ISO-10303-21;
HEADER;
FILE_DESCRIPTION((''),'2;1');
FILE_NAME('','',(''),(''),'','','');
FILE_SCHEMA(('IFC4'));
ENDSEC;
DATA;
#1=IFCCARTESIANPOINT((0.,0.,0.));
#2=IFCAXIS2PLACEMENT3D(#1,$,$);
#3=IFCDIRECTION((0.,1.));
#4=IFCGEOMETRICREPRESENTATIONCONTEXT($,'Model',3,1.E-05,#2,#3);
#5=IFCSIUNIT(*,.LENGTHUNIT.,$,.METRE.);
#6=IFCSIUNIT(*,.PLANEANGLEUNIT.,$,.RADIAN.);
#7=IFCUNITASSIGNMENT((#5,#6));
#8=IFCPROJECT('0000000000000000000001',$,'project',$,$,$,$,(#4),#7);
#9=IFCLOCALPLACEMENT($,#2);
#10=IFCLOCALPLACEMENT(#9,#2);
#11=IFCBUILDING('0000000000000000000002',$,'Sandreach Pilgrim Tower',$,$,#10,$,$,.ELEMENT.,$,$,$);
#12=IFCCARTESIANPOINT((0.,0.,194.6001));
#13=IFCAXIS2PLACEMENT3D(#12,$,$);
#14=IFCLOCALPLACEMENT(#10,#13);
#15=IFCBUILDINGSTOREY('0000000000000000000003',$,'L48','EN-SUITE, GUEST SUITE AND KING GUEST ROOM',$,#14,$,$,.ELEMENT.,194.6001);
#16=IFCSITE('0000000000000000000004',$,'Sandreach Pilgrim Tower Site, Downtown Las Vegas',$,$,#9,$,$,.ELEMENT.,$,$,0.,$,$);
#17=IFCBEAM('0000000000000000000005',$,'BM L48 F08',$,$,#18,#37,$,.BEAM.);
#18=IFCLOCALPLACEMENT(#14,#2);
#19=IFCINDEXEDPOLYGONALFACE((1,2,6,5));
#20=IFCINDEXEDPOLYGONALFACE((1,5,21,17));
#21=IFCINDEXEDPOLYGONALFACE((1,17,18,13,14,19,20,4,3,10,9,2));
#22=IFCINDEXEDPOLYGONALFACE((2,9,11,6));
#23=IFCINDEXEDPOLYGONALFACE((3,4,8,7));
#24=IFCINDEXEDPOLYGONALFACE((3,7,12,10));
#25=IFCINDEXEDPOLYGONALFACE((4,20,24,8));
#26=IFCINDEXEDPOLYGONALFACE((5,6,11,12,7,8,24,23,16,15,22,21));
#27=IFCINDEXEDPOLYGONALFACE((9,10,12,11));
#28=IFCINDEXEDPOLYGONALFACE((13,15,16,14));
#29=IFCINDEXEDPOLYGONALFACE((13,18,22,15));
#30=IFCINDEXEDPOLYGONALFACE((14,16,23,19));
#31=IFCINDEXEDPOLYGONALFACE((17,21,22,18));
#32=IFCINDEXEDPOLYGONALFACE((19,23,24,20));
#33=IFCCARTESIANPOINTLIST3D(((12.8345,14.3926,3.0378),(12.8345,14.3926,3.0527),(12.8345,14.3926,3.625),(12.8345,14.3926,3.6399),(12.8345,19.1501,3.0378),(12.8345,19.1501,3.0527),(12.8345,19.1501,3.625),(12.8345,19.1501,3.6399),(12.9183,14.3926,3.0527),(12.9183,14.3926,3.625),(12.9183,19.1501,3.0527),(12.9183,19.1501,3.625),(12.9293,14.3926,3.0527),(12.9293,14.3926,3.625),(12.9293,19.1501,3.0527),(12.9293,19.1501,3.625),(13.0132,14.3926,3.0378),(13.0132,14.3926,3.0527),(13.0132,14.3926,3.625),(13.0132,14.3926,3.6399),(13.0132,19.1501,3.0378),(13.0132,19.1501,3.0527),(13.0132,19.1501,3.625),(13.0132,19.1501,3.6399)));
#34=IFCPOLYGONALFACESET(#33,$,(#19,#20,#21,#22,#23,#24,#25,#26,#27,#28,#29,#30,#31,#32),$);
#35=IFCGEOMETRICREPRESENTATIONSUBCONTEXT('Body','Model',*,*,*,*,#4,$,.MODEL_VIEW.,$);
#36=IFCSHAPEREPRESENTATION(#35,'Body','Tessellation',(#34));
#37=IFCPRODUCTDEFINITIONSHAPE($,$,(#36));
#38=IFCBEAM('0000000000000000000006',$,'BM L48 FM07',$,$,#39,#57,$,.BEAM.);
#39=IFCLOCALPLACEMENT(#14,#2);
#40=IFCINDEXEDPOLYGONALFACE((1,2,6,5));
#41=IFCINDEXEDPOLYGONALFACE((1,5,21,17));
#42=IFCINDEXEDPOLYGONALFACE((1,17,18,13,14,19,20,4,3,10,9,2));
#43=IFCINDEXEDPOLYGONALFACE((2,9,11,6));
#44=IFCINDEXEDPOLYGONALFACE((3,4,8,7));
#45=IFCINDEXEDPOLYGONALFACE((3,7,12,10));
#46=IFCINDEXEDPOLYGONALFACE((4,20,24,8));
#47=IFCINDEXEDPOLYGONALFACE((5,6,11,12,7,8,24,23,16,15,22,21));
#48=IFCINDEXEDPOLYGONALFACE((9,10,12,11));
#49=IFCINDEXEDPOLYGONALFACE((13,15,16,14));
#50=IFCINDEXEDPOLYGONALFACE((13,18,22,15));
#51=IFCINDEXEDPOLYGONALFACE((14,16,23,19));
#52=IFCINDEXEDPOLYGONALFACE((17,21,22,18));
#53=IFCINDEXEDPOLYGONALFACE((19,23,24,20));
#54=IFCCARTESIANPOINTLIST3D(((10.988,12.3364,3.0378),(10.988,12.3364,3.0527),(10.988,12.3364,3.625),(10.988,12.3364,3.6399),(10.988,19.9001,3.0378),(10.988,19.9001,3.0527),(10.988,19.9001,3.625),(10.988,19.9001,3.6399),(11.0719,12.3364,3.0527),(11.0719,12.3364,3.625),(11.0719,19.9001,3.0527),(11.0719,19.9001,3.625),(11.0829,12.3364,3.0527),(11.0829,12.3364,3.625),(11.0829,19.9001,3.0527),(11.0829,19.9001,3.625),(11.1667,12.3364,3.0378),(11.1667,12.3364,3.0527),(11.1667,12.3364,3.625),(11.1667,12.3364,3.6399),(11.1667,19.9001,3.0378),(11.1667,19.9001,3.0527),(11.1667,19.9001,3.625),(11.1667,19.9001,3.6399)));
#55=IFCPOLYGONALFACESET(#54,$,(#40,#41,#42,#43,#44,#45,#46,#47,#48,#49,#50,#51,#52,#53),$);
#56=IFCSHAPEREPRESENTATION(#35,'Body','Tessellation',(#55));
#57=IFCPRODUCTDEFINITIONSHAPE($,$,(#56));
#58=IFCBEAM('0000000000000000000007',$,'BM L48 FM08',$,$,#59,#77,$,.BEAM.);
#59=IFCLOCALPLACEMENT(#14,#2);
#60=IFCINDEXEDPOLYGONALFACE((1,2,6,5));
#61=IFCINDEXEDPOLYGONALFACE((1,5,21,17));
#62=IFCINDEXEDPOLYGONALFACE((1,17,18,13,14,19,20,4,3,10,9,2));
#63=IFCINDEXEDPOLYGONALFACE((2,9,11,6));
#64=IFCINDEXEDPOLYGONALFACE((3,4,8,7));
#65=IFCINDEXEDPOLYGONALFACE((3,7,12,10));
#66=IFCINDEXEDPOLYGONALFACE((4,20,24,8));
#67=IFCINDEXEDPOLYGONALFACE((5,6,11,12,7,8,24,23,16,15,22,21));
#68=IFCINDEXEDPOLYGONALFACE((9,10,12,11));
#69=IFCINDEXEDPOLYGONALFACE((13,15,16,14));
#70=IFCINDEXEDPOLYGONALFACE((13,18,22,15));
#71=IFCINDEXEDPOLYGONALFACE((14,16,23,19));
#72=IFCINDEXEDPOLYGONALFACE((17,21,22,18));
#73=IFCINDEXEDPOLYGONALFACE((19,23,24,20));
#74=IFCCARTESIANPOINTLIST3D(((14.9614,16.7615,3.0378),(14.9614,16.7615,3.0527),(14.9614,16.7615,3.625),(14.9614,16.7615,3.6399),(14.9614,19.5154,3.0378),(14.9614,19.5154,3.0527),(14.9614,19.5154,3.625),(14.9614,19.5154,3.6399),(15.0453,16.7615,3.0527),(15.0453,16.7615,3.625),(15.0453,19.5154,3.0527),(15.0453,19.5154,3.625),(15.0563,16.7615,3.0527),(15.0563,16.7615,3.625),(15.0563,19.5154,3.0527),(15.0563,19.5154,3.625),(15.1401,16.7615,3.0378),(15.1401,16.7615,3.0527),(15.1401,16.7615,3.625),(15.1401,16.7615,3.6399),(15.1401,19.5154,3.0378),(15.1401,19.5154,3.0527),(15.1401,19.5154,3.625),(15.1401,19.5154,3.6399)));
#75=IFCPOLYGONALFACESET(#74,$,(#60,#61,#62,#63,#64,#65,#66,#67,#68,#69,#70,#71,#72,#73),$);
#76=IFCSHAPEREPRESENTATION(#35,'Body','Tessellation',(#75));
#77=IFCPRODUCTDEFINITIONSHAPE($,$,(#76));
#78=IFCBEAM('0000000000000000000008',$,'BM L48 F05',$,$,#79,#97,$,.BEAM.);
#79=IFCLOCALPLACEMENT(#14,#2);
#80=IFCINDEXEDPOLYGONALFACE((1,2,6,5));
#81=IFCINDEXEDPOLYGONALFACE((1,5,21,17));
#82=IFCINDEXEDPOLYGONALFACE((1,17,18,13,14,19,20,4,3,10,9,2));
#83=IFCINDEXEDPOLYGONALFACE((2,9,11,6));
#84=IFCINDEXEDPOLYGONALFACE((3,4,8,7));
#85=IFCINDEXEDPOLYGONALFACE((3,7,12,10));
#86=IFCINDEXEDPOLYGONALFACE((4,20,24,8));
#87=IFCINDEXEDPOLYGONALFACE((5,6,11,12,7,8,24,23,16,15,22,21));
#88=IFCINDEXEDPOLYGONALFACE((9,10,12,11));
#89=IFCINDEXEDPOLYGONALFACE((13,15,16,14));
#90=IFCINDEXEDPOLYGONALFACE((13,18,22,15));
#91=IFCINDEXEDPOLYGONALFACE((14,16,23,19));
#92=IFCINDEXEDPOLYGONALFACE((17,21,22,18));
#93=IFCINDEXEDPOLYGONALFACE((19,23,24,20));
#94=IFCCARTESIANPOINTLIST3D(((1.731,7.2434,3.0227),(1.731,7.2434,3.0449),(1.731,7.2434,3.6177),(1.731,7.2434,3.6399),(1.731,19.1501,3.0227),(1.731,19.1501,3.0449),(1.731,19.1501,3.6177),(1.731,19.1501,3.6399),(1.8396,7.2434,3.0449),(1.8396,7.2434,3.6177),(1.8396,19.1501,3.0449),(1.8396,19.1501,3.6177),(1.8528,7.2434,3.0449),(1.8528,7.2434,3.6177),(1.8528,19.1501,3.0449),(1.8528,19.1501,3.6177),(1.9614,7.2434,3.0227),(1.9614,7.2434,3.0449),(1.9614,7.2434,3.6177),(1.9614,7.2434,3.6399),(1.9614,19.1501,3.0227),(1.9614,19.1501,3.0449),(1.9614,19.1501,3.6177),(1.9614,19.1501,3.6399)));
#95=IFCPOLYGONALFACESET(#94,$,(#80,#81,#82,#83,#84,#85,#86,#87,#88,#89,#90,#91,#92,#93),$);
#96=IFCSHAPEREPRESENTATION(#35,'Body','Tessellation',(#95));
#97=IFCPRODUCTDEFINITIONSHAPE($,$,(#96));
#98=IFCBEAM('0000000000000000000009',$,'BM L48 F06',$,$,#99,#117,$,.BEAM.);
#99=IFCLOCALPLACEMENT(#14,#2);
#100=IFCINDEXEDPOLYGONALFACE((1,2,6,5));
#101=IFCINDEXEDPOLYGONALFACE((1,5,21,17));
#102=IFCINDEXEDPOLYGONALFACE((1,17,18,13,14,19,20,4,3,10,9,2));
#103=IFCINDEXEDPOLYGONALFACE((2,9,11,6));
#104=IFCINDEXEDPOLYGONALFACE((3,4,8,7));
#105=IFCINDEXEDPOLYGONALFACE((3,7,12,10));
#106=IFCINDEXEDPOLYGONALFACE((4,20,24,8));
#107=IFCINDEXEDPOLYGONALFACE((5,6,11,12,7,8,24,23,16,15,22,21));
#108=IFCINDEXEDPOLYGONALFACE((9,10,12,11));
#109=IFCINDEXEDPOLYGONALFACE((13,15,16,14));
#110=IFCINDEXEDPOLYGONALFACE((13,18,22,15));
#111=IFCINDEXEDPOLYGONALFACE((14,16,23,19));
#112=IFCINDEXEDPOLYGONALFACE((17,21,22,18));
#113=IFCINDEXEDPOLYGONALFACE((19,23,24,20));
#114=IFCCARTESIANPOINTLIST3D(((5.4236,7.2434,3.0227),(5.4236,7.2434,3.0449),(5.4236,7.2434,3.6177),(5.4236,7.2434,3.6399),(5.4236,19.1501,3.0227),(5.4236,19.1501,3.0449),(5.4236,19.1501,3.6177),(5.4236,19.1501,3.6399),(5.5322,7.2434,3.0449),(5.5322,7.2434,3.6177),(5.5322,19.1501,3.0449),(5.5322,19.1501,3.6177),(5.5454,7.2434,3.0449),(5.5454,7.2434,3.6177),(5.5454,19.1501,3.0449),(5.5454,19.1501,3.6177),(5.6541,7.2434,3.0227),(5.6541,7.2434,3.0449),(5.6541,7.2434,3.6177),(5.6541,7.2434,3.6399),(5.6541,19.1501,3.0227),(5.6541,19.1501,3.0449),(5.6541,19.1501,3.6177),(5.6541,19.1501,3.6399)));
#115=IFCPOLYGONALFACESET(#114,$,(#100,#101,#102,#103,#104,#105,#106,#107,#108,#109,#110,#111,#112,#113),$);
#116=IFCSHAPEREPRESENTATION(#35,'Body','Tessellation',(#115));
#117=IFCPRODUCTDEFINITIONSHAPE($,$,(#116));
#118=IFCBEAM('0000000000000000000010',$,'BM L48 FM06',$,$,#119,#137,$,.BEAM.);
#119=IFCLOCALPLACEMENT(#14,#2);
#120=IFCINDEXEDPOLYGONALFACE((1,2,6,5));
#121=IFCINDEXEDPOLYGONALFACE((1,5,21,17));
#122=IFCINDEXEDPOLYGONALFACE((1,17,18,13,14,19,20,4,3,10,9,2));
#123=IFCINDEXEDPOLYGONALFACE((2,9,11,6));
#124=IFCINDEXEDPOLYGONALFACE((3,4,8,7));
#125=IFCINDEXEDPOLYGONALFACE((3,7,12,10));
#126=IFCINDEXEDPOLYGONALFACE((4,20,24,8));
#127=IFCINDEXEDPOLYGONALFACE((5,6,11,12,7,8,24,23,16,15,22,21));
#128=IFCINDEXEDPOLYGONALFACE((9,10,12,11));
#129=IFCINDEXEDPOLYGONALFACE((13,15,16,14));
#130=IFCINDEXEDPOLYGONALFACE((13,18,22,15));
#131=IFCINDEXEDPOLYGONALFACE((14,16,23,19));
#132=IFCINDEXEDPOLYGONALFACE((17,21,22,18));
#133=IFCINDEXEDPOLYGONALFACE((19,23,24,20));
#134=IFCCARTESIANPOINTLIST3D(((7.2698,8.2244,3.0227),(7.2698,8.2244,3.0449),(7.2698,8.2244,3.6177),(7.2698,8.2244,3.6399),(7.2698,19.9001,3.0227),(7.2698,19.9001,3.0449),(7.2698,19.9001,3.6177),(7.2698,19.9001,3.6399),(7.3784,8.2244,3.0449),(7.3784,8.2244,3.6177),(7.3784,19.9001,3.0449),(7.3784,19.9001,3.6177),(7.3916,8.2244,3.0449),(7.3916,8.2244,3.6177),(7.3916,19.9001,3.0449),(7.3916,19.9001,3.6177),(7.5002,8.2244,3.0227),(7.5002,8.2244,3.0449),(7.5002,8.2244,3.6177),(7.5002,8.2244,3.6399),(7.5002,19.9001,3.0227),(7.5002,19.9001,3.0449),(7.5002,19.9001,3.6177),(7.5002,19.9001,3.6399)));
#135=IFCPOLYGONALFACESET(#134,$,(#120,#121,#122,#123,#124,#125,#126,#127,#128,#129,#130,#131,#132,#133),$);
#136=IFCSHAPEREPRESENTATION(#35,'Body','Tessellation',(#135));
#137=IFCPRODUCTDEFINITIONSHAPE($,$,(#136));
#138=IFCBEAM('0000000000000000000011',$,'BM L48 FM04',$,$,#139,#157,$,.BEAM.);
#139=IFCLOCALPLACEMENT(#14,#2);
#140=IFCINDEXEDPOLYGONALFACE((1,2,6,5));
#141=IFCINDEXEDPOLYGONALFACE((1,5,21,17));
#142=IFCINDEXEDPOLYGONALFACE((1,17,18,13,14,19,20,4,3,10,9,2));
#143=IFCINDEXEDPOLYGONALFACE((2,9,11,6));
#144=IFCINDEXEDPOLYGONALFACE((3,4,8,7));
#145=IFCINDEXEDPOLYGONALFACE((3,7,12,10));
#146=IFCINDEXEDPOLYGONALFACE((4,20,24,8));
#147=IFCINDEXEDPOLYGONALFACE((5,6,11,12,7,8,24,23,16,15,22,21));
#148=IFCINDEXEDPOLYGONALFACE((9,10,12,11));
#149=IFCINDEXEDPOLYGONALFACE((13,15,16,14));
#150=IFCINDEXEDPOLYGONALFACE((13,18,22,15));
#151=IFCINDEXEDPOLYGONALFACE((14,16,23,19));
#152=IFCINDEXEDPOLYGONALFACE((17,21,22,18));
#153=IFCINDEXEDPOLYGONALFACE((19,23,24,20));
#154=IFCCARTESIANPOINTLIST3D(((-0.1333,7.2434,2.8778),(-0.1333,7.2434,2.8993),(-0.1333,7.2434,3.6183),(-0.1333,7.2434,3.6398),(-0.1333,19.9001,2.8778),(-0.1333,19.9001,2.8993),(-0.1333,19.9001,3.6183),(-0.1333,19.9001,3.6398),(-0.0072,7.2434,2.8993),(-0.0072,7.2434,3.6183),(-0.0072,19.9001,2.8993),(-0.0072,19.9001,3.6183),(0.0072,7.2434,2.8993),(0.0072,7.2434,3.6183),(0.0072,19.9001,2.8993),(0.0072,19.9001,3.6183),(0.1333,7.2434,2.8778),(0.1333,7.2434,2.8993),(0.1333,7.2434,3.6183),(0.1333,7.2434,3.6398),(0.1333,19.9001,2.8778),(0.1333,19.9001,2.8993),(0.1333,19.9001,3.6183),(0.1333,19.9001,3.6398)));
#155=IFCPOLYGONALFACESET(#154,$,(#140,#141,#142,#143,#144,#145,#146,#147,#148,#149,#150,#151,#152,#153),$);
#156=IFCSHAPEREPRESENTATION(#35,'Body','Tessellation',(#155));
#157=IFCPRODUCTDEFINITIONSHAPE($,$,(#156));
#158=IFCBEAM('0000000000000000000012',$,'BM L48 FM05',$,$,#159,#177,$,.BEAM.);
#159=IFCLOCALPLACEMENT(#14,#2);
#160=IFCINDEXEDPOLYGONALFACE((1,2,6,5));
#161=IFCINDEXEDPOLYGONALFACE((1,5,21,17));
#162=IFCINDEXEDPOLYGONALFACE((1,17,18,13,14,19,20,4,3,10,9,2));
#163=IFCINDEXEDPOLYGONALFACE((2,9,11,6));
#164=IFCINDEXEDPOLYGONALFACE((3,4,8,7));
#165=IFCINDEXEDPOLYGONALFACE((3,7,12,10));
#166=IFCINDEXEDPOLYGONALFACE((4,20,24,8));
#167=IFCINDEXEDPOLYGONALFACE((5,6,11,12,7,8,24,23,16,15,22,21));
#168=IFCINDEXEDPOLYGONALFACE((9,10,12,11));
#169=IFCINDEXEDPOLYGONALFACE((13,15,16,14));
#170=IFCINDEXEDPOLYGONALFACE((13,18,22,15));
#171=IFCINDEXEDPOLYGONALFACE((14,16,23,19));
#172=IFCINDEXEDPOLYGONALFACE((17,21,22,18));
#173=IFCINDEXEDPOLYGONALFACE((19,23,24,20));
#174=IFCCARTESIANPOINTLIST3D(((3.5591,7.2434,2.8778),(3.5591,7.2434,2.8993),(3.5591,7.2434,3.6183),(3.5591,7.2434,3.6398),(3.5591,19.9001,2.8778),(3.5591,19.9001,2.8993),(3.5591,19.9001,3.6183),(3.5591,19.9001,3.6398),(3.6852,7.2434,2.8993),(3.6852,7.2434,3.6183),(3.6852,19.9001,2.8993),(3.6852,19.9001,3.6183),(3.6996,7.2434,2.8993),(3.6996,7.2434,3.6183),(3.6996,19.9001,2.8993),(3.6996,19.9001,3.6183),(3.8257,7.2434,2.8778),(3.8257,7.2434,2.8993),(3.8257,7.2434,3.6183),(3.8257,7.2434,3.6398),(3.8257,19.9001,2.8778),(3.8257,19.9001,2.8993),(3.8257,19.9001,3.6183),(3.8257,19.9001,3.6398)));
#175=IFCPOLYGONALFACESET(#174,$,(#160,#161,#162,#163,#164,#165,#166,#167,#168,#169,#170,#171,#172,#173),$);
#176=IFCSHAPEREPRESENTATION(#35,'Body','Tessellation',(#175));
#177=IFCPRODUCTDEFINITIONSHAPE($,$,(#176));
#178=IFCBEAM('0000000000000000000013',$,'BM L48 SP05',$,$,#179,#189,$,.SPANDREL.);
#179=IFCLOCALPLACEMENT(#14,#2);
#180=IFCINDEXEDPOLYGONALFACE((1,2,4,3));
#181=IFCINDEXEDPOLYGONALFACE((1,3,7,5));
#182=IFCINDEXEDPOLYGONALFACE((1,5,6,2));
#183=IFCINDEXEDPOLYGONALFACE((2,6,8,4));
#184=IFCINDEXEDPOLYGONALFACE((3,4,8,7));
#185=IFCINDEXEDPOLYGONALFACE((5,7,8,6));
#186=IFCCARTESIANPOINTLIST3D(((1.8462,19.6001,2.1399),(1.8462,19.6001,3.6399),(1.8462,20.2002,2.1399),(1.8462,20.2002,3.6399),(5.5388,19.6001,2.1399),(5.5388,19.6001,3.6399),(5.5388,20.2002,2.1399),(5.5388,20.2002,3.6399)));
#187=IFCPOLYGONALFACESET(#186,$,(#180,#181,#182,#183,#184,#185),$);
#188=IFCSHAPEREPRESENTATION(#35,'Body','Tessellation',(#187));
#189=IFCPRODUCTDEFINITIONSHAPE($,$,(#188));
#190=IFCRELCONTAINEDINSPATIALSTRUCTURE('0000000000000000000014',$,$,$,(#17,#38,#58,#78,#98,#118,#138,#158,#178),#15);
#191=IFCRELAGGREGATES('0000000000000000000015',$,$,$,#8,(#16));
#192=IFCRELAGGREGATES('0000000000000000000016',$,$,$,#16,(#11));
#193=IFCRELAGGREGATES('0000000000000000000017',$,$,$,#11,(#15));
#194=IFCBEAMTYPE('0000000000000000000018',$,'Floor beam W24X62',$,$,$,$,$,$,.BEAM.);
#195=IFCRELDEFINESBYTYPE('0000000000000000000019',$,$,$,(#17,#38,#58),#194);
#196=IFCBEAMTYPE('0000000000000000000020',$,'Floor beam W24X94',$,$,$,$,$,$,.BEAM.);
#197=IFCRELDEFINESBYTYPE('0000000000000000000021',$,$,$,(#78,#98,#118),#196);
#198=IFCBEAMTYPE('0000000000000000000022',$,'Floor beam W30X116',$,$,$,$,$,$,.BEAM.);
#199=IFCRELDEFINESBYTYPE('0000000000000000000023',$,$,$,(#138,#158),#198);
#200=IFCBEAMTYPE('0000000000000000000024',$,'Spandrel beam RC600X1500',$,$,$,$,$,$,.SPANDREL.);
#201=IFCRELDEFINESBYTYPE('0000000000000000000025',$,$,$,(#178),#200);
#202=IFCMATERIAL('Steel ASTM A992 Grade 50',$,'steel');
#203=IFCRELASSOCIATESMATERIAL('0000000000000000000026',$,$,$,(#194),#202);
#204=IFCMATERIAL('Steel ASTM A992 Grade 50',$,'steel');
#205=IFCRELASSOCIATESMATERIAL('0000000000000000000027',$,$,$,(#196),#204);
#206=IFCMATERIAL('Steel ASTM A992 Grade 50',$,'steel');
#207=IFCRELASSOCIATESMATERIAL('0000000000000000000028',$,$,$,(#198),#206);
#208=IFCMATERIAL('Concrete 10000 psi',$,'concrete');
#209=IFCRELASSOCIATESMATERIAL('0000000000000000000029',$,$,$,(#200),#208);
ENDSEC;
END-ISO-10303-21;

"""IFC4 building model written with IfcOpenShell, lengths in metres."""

from ifc_helpers import new_model, si_unit, direction, frame, origin, origin_2d, place, context, subcontext, project, spatial, rectangle, i_section, extrude, material, material_profile, profile_set, type_object, element, save


model = new_model("IFC4")

# Units and contexts
model_context = context("Model", 3, precision=1e-05, world=origin(), true_north=direction((0.0, 1.0)))
body_context = subcontext(model_context, "Body", "Model", "MODEL_VIEW")
ifc_project = project(units=[si_unit("LENGTHUNIT", "METRE"), si_unit("PLANEANGLEUNIT", "RADIAN")], contexts=[model_context])

# Site, building, storey
site_placement = place(None, origin())
site = spatial("IfcSite", under=ifc_project, at=site_placement, Name="Sandreach Pilgrim Tower Site, Downtown Las Vegas", CompositionType="ELEMENT", RefElevation=0.0)
building_placement = place(site_placement, origin())
building = spatial("IfcBuilding", under=site, at=building_placement, Name="Sandreach Pilgrim Tower", CompositionType="ELEMENT")
storey_placement = place(building_placement, frame((0.0, 0.0, 194.6001)))
storey = spatial("IfcBuildingStorey", under=building, at=storey_placement, Name="L48", Description="EN-SUITE, GUEST SUITE AND KING GUEST ROOM", CompositionType="ELEMENT", Elevation=194.6001)

# Beams
ifc_material_1 = material(Name="Steel ASTM A992 Grade 50", Category="steel")
ifc_material_profile_1 = material_profile(ifc_material_1, i_section(OverallWidth=0.1787, OverallDepth=0.6021, WebThickness=0.011, FlangeThickness=0.0149, at=origin_2d()), Name="W24X62")
ifc_profile_set_1 = profile_set([ifc_material_profile_1], Name="Steel ASTM A992 Grade 50")
beam_type_1 = type_object("IfcBeamType", Name="Floor beam W24X62", PredefinedType="BEAM", material=ifc_profile_set_1)
beam_1_placement = place(storey_placement, frame((12.9238, 19.1501, 3.3389), z_axis=(0.0, -1.0, 0.0), x_axis=(1.0, 0.0, 0.0)))
element("IfcBeam", 1, at=beam_1_placement, inside=storey, type_object=beam_type_1, Name="BM L48 F08", PredefinedType="BEAM", context=body_context, shape_type="SweptSolid", body=[
    extrude(i_section(OverallWidth=0.1787, OverallDepth=0.6021, WebThickness=0.011, FlangeThickness=0.0149, at=origin_2d()), origin(), (0.0, 0.0, 1.0), 4.7576),
])
beam_2_placement = place(storey_placement, frame((11.0774, 19.9001, 3.3389), z_axis=(0.0, -1.0, 0.0), x_axis=(1.0, 0.0, 0.0)))
element("IfcBeam", 2, at=beam_2_placement, inside=storey, type_object=beam_type_1, Name="BM L48 FM07", PredefinedType="BEAM", context=body_context, shape_type="SweptSolid", body=[
    extrude(i_section(OverallWidth=0.1787, OverallDepth=0.6021, WebThickness=0.011, FlangeThickness=0.0149, at=origin_2d()), origin(), (0.0, 0.0, 1.0), 7.5637),
])
beam_3_placement = place(storey_placement, frame((15.0508, 19.5154, 3.3389), z_axis=(0.0, -1.0, 0.0), x_axis=(1.0, 0.0, 0.0)))
element("IfcBeam", 3, at=beam_3_placement, inside=storey, type_object=beam_type_1, Name="BM L48 FM08", PredefinedType="BEAM", context=body_context, shape_type="SweptSolid", body=[
    extrude(i_section(OverallWidth=0.1787, OverallDepth=0.6021, WebThickness=0.011, FlangeThickness=0.0149, at=origin_2d()), origin(), (0.0, 0.0, 1.0), 2.7539),
])
ifc_material_2 = material(Name="Steel ASTM A992 Grade 50", Category="steel")
ifc_material_profile_2 = material_profile(ifc_material_2, i_section(OverallWidth=0.2305, OverallDepth=0.6172, WebThickness=0.0132, FlangeThickness=0.0222, at=origin_2d()), Name="W24X94")
ifc_profile_set_2 = profile_set([ifc_material_profile_2], Name="Steel ASTM A992 Grade 50")
beam_type_2 = type_object("IfcBeamType", Name="Floor beam W24X94", PredefinedType="BEAM", material=ifc_profile_set_2)
for number, where, z_axis, x_axis, name in (
    (4, (1.8462, 19.1501, 3.3313), (0.0, -1.0, 0.0), (1.0, 0.0, 0.0), "BM L48 F05"),
    (5, (5.5388, 19.1501, 3.3313), (0.0, -1.0, 0.0), (1.0, 0.0, 0.0), "BM L48 F06"),
):
    element("IfcBeam", number, at=place(storey_placement, frame(where, z_axis=z_axis, x_axis=x_axis)), inside=storey, type_object=beam_type_2, Name=name, PredefinedType="BEAM", context=body_context, shape_type="SweptSolid", body=[
        extrude(i_section(OverallWidth=0.2305, OverallDepth=0.6172, WebThickness=0.0132, FlangeThickness=0.0222, at=origin_2d()), origin(), (0.0, 0.0, 1.0), 11.9067),
    ])
beam_4_placement = place(storey_placement, frame((7.385, 19.9001, 3.3313), z_axis=(0.0, -1.0, 0.0), x_axis=(1.0, 0.0, 0.0)))
element("IfcBeam", 6, at=beam_4_placement, inside=storey, type_object=beam_type_2, Name="BM L48 FM06", PredefinedType="BEAM", context=body_context, shape_type="SweptSolid", body=[
    extrude(i_section(OverallWidth=0.2305, OverallDepth=0.6172, WebThickness=0.0132, FlangeThickness=0.0222, at=origin_2d()), origin(), (0.0, 0.0, 1.0), 11.6758),
])
ifc_material_3 = material(Name="Steel ASTM A992 Grade 50", Category="steel")
ifc_material_profile_3 = material_profile(ifc_material_3, i_section(OverallWidth=0.2666, OverallDepth=0.762, WebThickness=0.0144, FlangeThickness=0.0215, at=origin_2d()), Name="W30X116")
ifc_profile_set_3 = profile_set([ifc_material_profile_3], Name="Steel ASTM A992 Grade 50")
beam_type_3 = type_object("IfcBeamType", Name="Floor beam W30X116", PredefinedType="BEAM", material=ifc_profile_set_3)
for number, where, z_axis, x_axis, name in (
    (7, (0.0, 19.9001, 3.2588), (0.0, -1.0, 0.0), (1.0, 0.0, 0.0), "BM L48 FM04"),
    (8, (3.6924, 19.9001, 3.2588), (0.0, -1.0, 0.0), (1.0, 0.0, 0.0), "BM L48 FM05"),
):
    element("IfcBeam", number, at=place(storey_placement, frame(where, z_axis=z_axis, x_axis=x_axis)), inside=storey, type_object=beam_type_3, Name=name, PredefinedType="BEAM", context=body_context, shape_type="SweptSolid", body=[
        extrude(i_section(OverallWidth=0.2666, OverallDepth=0.762, WebThickness=0.0144, FlangeThickness=0.0215, at=origin_2d()), origin(), (0.0, 0.0, 1.0), 12.6567),
    ])
ifc_material_4 = material(Name="Concrete 10000 psi", Category="concrete")
ifc_material_profile_4 = material_profile(ifc_material_4, rectangle(XDim=0.6001, YDim=1.5, at=origin_2d()), Name="RC600X1500")
ifc_profile_set_4 = profile_set([ifc_material_profile_4], Name="Concrete 10000 psi")
beam_type_4 = type_object("IfcBeamType", Name="Spandrel beam RC600X1500", PredefinedType="SPANDREL", material=ifc_profile_set_4)
beam_5_placement = place(storey_placement, frame((1.8462, 19.9001, 2.8899), z_axis=(1.0, 0.0, 0.0), x_axis=(0.0, 1.0, 0.0)))
element("IfcBeam", 9, at=beam_5_placement, inside=storey, type_object=beam_type_4, Name="BM L48 SP05", PredefinedType="SPANDREL", context=body_context, shape_type="SweptSolid", body=[
    extrude(rectangle(XDim=0.6001, YDim=1.5, at=origin_2d()), origin(), (0.0, 0.0, 1.0), 3.6926),
])

save(model, "model.ifc")
